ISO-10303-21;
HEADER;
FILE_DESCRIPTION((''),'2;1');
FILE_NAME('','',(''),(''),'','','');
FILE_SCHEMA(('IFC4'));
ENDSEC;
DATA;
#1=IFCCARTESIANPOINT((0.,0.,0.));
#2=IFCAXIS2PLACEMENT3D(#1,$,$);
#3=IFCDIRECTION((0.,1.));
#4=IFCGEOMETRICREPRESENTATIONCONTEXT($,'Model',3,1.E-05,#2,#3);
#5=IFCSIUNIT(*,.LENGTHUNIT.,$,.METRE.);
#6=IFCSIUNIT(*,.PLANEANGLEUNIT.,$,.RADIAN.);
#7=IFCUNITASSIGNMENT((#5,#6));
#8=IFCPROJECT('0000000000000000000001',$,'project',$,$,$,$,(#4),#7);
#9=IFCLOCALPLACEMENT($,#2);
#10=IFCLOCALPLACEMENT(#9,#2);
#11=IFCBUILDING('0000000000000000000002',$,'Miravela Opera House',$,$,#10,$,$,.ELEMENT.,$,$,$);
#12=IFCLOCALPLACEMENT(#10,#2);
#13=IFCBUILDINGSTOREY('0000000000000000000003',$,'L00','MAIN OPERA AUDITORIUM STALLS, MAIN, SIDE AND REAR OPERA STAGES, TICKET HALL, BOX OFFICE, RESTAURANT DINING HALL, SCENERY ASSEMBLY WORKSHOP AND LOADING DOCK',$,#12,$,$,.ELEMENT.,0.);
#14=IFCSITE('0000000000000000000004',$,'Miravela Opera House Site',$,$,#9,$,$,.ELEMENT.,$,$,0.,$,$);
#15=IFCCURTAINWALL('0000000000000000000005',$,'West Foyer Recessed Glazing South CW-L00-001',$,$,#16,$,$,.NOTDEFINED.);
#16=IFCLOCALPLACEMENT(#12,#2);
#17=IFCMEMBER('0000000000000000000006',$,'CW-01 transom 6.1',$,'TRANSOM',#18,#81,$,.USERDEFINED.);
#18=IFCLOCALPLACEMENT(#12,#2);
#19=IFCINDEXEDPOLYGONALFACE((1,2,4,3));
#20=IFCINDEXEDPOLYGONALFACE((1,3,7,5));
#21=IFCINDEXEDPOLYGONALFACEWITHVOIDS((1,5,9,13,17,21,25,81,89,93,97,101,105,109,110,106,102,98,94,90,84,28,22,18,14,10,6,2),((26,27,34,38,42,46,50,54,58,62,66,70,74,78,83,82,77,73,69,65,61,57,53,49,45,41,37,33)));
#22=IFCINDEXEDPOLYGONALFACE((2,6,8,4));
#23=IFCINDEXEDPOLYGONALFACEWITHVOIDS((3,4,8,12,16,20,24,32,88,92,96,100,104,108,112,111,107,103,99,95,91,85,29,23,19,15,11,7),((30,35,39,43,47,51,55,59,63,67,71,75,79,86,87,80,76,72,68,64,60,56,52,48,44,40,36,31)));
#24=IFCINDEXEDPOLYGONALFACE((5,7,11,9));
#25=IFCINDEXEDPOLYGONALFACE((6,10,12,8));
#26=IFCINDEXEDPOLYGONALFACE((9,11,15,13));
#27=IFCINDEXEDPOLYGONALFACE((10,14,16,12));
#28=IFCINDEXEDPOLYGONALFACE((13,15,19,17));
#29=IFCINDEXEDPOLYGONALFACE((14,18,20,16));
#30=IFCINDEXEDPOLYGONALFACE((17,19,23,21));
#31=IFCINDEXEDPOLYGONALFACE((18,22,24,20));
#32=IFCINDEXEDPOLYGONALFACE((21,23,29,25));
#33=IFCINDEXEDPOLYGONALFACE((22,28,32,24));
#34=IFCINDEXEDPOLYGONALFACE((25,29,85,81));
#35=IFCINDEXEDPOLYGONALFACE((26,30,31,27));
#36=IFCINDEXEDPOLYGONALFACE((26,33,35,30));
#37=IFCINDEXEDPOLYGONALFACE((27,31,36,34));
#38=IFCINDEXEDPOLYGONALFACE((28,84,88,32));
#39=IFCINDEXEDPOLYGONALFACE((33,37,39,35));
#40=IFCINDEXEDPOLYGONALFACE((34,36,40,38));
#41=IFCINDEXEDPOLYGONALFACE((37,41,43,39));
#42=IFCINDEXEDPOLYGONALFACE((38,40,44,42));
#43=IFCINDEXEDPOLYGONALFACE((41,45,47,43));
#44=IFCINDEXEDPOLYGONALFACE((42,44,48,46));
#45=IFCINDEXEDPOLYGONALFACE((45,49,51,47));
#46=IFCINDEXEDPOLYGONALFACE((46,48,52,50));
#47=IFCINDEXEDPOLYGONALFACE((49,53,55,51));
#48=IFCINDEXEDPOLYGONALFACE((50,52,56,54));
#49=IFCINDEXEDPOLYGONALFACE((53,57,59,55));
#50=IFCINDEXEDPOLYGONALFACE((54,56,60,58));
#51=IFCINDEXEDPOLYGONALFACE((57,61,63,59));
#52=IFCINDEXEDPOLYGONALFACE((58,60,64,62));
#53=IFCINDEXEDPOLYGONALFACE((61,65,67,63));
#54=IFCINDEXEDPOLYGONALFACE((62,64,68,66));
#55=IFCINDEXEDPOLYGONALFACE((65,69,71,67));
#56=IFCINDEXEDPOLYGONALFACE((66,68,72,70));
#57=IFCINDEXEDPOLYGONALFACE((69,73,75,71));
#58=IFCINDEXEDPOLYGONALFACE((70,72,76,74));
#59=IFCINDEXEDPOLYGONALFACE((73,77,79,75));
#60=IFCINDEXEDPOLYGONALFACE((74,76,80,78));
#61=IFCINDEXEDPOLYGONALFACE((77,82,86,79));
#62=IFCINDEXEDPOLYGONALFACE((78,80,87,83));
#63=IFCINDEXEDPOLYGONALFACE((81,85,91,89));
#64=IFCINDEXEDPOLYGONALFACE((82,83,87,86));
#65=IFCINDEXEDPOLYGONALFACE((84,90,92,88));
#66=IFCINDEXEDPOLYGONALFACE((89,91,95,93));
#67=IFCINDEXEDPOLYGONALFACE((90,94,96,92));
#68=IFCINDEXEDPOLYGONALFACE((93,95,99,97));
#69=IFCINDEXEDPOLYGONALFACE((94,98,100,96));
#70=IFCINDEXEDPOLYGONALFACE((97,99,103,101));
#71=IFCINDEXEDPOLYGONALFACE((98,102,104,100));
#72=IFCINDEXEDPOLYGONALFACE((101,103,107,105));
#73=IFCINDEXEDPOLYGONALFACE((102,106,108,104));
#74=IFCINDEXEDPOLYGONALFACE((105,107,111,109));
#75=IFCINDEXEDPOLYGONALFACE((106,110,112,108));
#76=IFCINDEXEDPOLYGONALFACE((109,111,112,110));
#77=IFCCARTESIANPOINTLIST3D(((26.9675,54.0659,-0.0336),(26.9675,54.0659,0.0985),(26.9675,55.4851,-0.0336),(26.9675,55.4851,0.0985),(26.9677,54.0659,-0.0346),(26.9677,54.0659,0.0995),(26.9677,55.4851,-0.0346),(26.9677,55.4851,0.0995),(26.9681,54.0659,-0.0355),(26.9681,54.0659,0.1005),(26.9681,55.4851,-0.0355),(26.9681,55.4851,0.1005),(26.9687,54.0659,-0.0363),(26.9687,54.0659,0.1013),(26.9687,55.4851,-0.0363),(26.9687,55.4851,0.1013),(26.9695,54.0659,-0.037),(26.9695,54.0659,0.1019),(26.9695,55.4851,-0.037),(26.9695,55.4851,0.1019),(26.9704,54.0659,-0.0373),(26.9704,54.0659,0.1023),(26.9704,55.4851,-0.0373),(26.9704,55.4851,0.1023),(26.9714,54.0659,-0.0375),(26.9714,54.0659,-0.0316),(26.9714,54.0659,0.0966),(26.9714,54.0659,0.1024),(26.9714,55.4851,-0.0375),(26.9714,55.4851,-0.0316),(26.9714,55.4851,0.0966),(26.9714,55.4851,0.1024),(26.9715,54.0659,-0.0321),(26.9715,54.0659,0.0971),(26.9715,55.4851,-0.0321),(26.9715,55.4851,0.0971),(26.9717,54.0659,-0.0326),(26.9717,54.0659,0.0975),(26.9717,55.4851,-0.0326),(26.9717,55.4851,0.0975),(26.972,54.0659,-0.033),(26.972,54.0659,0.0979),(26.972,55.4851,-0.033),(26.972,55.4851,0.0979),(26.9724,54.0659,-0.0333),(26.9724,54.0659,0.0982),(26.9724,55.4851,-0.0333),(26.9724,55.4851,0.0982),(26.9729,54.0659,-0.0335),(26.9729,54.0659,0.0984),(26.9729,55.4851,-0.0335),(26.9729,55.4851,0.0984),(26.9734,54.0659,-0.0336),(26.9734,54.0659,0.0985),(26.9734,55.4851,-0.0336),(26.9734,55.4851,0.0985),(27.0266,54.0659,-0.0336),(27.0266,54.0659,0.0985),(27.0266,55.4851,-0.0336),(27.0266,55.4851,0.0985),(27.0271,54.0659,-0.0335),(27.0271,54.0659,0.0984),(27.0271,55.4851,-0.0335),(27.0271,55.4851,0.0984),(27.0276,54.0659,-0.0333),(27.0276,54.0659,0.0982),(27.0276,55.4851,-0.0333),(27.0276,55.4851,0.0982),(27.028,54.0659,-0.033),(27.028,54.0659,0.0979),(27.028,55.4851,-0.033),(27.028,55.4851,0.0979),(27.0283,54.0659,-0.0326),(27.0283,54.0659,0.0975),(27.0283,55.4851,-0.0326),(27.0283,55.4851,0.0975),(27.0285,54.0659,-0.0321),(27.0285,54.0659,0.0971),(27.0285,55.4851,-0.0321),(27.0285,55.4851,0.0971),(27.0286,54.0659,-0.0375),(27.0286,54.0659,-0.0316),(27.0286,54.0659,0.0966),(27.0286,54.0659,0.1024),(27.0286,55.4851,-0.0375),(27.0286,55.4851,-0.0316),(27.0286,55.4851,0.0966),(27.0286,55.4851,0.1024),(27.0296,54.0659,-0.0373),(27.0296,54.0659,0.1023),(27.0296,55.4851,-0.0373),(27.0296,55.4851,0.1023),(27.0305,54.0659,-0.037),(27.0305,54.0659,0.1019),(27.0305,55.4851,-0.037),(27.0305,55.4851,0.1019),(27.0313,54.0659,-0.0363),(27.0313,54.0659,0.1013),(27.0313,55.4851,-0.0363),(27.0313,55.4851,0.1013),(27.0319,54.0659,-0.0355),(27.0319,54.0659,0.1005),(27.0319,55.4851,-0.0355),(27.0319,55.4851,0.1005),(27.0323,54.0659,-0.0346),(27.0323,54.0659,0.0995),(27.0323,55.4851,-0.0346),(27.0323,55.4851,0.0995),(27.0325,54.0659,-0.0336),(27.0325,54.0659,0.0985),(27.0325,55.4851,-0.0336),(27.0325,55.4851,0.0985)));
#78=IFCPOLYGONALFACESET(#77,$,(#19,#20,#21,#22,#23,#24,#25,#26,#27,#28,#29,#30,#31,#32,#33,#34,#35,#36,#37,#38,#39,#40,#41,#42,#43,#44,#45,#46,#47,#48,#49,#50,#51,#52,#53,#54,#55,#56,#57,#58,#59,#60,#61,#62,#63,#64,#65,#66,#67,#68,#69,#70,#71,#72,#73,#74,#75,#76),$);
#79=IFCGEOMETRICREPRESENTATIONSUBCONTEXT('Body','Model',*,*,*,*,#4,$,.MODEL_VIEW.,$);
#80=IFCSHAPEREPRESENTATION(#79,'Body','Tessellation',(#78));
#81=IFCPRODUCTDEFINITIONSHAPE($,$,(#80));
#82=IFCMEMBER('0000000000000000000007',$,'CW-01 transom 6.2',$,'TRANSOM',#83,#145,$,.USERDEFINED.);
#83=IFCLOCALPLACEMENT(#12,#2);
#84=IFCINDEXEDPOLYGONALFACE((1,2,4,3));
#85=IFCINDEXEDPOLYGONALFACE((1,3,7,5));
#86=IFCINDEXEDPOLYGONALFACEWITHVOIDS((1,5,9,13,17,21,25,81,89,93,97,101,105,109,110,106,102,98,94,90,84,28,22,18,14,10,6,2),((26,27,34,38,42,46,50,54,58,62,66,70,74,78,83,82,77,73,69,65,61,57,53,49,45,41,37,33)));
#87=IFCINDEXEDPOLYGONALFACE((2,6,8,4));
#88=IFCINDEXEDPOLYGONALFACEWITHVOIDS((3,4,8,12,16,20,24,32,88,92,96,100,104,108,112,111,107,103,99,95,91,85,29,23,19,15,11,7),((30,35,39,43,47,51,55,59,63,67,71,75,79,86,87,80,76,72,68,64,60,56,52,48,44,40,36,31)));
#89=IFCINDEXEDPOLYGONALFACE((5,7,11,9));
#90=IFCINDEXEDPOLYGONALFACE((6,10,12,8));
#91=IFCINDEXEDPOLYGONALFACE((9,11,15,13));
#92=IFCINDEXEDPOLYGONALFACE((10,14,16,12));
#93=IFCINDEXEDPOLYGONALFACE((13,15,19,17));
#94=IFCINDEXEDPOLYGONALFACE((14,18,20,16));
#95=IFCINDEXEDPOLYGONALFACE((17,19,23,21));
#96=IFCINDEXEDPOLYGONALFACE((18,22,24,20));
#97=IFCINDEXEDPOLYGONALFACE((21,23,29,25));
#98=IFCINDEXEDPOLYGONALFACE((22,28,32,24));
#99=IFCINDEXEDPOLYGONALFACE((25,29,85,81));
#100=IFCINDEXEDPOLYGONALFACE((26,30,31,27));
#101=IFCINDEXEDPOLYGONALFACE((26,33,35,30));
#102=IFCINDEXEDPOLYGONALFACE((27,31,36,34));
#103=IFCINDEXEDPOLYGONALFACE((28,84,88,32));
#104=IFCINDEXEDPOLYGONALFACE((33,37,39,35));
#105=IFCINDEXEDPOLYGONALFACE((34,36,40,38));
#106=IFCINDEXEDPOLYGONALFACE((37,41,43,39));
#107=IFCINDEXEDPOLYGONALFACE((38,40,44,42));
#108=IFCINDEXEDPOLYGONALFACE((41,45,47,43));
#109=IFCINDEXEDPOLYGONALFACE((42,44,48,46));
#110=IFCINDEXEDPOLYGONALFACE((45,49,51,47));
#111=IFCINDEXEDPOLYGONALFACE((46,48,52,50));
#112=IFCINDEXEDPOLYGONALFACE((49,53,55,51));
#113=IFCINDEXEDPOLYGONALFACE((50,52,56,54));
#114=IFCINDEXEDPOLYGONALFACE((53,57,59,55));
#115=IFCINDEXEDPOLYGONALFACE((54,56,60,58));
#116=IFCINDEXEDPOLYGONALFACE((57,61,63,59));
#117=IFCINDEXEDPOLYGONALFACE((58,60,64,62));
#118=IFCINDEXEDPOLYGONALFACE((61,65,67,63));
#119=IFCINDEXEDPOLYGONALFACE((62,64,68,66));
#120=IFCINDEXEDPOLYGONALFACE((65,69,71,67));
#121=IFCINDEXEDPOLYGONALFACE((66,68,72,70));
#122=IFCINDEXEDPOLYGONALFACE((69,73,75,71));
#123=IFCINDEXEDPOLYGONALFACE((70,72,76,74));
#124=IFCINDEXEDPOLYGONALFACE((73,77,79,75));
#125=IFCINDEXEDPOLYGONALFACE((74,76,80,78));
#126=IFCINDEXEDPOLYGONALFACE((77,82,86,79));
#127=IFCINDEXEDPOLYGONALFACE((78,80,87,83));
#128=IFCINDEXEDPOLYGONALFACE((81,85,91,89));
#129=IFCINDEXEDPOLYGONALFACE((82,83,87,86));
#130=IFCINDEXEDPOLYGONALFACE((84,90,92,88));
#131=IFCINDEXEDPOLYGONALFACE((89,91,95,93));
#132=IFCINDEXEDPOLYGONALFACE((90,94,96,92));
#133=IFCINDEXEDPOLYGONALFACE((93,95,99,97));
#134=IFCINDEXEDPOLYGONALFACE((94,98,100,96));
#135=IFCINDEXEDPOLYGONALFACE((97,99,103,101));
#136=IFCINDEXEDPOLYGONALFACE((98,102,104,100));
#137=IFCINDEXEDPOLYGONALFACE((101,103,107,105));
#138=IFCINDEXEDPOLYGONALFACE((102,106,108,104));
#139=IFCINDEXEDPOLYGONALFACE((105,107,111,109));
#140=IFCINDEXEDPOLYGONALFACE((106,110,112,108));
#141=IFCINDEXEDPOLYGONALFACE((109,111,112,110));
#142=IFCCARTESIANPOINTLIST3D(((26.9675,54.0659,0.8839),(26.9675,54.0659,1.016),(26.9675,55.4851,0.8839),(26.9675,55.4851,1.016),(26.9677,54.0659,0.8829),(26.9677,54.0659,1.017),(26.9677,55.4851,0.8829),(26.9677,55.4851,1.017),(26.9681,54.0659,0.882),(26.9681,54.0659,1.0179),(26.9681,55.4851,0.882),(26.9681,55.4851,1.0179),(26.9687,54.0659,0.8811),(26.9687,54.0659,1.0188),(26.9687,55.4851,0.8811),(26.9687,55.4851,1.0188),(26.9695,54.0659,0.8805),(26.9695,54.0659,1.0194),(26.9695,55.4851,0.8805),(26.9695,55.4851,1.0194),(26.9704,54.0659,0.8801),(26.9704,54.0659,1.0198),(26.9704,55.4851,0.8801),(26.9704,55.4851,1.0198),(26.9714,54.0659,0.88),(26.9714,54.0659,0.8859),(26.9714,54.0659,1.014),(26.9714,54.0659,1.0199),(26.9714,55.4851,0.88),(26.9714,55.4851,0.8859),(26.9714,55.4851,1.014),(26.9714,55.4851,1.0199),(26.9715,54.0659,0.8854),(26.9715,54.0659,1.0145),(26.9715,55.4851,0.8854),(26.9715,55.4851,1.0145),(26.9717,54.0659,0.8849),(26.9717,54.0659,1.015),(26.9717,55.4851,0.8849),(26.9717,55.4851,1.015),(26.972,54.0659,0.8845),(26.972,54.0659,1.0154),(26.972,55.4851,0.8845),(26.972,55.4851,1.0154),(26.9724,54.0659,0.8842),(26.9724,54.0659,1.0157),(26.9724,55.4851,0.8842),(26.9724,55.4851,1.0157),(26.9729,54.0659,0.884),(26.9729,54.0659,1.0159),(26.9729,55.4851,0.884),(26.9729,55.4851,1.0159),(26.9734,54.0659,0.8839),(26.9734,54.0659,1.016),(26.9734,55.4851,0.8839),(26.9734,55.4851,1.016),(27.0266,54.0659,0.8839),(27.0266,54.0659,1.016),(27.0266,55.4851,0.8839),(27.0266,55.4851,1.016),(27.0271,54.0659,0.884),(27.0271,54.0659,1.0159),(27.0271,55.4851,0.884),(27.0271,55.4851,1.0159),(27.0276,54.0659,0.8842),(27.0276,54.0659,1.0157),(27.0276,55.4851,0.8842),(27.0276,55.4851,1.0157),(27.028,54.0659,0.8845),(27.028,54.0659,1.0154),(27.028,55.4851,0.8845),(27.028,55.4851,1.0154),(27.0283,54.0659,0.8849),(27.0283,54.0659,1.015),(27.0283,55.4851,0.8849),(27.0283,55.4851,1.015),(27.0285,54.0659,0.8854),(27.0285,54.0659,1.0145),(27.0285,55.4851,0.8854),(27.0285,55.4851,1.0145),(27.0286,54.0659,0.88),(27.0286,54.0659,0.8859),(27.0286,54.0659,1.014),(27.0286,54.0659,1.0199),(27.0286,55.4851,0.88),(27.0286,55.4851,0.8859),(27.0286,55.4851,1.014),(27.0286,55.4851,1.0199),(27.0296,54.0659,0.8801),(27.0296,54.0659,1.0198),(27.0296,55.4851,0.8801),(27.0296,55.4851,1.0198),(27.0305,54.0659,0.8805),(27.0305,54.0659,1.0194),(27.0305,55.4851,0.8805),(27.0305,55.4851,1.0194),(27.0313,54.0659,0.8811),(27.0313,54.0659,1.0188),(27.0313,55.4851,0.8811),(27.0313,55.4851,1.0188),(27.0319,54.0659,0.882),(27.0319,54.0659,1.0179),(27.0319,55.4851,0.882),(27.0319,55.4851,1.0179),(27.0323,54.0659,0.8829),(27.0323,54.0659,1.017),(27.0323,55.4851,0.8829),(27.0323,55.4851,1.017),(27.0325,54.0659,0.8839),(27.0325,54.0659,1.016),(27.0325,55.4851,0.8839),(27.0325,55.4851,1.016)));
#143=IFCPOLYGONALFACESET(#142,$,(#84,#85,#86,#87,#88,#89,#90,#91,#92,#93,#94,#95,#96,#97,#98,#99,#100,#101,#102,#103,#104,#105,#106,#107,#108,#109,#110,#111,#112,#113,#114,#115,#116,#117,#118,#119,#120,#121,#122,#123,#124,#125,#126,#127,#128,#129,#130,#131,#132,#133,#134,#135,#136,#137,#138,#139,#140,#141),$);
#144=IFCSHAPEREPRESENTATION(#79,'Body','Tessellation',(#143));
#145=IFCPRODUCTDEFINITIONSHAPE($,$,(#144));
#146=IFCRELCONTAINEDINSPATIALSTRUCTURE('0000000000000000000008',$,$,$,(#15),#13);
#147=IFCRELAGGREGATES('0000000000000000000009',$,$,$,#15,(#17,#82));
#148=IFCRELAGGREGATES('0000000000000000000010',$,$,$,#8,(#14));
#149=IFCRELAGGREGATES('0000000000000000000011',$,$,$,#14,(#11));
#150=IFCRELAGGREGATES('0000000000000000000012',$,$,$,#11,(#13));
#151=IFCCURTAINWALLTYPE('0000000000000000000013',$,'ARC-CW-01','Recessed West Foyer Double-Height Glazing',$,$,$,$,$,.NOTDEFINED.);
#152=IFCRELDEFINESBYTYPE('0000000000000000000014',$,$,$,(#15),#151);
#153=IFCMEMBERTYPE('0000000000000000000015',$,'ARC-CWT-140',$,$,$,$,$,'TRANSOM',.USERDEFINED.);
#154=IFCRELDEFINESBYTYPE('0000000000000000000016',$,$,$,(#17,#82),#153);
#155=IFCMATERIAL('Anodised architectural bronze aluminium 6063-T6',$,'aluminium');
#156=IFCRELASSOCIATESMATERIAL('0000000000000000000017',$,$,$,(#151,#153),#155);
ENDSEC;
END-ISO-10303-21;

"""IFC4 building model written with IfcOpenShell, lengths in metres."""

from ifc_helpers import new_model, si_unit, direction, frame, origin, origin_2d, place, context, subcontext, project, spatial, hollow_rectangle, extrude, material, material_profile, profile_set, type_object, element, aggregate, save


model = new_model("IFC4")

# Units and contexts
model_context = context("Model", 3, precision=1e-05, world=origin(), true_north=direction((0.0, 1.0)))
body_context = subcontext(model_context, "Body", "Model", "MODEL_VIEW")
ifc_project = project(units=[si_unit("LENGTHUNIT", "METRE"), si_unit("PLANEANGLEUNIT", "RADIAN")], contexts=[model_context])

# Site, building, storey
site_placement = place(None, origin())
site = spatial("IfcSite", under=ifc_project, at=site_placement, Name="Miravela Opera House Site", CompositionType="ELEMENT", RefElevation=0.0)
building_placement = place(site_placement, origin())
building = spatial("IfcBuilding", under=site, at=building_placement, Name="Miravela Opera House", CompositionType="ELEMENT")
storey_placement = place(building_placement, origin())
storey = spatial("IfcBuildingStorey", under=building, at=storey_placement, Name="L00", Description="MAIN OPERA AUDITORIUM STALLS, MAIN, SIDE AND REAR OPERA STAGES, TICKET HALL, BOX OFFICE, RESTAURANT DINING HALL, SCENERY ASSEMBLY WORKSHOP AND LOADING DOCK", CompositionType="ELEMENT", Elevation=0.0)

# Curtain wall
ifc_material_1 = material(Name="Anodised architectural bronze aluminium 6063-T6", Category="aluminium")
curtain_wall_type = type_object("IfcCurtainWallType", Name="ARC-CW-01", Description="Recessed West Foyer Double-Height Glazing", PredefinedType="NOTDEFINED", material=ifc_material_1)
curtain_wall_1_placement = place(storey_placement, origin())
curtain_wall_1 = element("IfcCurtainWall", 1, at=curtain_wall_1_placement, inside=storey, type_object=curtain_wall_type, Name="West Foyer Recessed Glazing South CW-L00-001", PredefinedType="NOTDEFINED")

# Members
ifc_material_profile_1 = material_profile(ifc_material_1, hollow_rectangle(XDim=0.0649, YDim=0.1399, WallThickness=0.0039, InnerFilletRadius=0.002, OuterFilletRadius=0.0039, at=origin_2d()), Name="CWT-65X140")
ifc_profile_set_1 = profile_set([ifc_material_profile_1])
member_type_1 = type_object("IfcMemberType", Name="ARC-CWT-140", ElementType="TRANSOM", PredefinedType="USERDEFINED", material=ifc_profile_set_1)
member_1_placement = place(storey_placement, frame((27.0, 54.0659, 0.0325), z_axis=(0.0, 1.0, 0.0), x_axis=(-1.0, 0.0, 0.0)))
member_1 = element("IfcMember", 2, at=member_1_placement, type_object=member_type_1, Name="CW-01 transom 6.1", ObjectType="TRANSOM", PredefinedType="USERDEFINED", context=body_context, shape_type="SweptSolid", body=[
    extrude(hollow_rectangle(XDim=0.0649, YDim=0.1399, WallThickness=0.0039, InnerFilletRadius=0.002, OuterFilletRadius=0.0039, at=origin_2d()), origin(), (0.0, 0.0, 1.0), 1.4192),
])
member_2_placement = place(storey_placement, frame((27.0, 54.0659, 0.95), z_axis=(0.0, 1.0, 0.0), x_axis=(-1.0, 0.0, 0.0)))
member_2 = element("IfcMember", 3, at=member_2_placement, type_object=member_type_1, Name="CW-01 transom 6.2", ObjectType="TRANSOM", PredefinedType="USERDEFINED", context=body_context, shape_type="SweptSolid", body=[
    extrude(hollow_rectangle(XDim=0.0649, YDim=0.1399, WallThickness=0.0039, InnerFilletRadius=0.002, OuterFilletRadius=0.0039, at=origin_2d()), origin(), (0.0, 0.0, 1.0), 1.4192),
])

aggregate(curtain_wall_1, [member_1, member_2])

save(model, "model.ifc")
